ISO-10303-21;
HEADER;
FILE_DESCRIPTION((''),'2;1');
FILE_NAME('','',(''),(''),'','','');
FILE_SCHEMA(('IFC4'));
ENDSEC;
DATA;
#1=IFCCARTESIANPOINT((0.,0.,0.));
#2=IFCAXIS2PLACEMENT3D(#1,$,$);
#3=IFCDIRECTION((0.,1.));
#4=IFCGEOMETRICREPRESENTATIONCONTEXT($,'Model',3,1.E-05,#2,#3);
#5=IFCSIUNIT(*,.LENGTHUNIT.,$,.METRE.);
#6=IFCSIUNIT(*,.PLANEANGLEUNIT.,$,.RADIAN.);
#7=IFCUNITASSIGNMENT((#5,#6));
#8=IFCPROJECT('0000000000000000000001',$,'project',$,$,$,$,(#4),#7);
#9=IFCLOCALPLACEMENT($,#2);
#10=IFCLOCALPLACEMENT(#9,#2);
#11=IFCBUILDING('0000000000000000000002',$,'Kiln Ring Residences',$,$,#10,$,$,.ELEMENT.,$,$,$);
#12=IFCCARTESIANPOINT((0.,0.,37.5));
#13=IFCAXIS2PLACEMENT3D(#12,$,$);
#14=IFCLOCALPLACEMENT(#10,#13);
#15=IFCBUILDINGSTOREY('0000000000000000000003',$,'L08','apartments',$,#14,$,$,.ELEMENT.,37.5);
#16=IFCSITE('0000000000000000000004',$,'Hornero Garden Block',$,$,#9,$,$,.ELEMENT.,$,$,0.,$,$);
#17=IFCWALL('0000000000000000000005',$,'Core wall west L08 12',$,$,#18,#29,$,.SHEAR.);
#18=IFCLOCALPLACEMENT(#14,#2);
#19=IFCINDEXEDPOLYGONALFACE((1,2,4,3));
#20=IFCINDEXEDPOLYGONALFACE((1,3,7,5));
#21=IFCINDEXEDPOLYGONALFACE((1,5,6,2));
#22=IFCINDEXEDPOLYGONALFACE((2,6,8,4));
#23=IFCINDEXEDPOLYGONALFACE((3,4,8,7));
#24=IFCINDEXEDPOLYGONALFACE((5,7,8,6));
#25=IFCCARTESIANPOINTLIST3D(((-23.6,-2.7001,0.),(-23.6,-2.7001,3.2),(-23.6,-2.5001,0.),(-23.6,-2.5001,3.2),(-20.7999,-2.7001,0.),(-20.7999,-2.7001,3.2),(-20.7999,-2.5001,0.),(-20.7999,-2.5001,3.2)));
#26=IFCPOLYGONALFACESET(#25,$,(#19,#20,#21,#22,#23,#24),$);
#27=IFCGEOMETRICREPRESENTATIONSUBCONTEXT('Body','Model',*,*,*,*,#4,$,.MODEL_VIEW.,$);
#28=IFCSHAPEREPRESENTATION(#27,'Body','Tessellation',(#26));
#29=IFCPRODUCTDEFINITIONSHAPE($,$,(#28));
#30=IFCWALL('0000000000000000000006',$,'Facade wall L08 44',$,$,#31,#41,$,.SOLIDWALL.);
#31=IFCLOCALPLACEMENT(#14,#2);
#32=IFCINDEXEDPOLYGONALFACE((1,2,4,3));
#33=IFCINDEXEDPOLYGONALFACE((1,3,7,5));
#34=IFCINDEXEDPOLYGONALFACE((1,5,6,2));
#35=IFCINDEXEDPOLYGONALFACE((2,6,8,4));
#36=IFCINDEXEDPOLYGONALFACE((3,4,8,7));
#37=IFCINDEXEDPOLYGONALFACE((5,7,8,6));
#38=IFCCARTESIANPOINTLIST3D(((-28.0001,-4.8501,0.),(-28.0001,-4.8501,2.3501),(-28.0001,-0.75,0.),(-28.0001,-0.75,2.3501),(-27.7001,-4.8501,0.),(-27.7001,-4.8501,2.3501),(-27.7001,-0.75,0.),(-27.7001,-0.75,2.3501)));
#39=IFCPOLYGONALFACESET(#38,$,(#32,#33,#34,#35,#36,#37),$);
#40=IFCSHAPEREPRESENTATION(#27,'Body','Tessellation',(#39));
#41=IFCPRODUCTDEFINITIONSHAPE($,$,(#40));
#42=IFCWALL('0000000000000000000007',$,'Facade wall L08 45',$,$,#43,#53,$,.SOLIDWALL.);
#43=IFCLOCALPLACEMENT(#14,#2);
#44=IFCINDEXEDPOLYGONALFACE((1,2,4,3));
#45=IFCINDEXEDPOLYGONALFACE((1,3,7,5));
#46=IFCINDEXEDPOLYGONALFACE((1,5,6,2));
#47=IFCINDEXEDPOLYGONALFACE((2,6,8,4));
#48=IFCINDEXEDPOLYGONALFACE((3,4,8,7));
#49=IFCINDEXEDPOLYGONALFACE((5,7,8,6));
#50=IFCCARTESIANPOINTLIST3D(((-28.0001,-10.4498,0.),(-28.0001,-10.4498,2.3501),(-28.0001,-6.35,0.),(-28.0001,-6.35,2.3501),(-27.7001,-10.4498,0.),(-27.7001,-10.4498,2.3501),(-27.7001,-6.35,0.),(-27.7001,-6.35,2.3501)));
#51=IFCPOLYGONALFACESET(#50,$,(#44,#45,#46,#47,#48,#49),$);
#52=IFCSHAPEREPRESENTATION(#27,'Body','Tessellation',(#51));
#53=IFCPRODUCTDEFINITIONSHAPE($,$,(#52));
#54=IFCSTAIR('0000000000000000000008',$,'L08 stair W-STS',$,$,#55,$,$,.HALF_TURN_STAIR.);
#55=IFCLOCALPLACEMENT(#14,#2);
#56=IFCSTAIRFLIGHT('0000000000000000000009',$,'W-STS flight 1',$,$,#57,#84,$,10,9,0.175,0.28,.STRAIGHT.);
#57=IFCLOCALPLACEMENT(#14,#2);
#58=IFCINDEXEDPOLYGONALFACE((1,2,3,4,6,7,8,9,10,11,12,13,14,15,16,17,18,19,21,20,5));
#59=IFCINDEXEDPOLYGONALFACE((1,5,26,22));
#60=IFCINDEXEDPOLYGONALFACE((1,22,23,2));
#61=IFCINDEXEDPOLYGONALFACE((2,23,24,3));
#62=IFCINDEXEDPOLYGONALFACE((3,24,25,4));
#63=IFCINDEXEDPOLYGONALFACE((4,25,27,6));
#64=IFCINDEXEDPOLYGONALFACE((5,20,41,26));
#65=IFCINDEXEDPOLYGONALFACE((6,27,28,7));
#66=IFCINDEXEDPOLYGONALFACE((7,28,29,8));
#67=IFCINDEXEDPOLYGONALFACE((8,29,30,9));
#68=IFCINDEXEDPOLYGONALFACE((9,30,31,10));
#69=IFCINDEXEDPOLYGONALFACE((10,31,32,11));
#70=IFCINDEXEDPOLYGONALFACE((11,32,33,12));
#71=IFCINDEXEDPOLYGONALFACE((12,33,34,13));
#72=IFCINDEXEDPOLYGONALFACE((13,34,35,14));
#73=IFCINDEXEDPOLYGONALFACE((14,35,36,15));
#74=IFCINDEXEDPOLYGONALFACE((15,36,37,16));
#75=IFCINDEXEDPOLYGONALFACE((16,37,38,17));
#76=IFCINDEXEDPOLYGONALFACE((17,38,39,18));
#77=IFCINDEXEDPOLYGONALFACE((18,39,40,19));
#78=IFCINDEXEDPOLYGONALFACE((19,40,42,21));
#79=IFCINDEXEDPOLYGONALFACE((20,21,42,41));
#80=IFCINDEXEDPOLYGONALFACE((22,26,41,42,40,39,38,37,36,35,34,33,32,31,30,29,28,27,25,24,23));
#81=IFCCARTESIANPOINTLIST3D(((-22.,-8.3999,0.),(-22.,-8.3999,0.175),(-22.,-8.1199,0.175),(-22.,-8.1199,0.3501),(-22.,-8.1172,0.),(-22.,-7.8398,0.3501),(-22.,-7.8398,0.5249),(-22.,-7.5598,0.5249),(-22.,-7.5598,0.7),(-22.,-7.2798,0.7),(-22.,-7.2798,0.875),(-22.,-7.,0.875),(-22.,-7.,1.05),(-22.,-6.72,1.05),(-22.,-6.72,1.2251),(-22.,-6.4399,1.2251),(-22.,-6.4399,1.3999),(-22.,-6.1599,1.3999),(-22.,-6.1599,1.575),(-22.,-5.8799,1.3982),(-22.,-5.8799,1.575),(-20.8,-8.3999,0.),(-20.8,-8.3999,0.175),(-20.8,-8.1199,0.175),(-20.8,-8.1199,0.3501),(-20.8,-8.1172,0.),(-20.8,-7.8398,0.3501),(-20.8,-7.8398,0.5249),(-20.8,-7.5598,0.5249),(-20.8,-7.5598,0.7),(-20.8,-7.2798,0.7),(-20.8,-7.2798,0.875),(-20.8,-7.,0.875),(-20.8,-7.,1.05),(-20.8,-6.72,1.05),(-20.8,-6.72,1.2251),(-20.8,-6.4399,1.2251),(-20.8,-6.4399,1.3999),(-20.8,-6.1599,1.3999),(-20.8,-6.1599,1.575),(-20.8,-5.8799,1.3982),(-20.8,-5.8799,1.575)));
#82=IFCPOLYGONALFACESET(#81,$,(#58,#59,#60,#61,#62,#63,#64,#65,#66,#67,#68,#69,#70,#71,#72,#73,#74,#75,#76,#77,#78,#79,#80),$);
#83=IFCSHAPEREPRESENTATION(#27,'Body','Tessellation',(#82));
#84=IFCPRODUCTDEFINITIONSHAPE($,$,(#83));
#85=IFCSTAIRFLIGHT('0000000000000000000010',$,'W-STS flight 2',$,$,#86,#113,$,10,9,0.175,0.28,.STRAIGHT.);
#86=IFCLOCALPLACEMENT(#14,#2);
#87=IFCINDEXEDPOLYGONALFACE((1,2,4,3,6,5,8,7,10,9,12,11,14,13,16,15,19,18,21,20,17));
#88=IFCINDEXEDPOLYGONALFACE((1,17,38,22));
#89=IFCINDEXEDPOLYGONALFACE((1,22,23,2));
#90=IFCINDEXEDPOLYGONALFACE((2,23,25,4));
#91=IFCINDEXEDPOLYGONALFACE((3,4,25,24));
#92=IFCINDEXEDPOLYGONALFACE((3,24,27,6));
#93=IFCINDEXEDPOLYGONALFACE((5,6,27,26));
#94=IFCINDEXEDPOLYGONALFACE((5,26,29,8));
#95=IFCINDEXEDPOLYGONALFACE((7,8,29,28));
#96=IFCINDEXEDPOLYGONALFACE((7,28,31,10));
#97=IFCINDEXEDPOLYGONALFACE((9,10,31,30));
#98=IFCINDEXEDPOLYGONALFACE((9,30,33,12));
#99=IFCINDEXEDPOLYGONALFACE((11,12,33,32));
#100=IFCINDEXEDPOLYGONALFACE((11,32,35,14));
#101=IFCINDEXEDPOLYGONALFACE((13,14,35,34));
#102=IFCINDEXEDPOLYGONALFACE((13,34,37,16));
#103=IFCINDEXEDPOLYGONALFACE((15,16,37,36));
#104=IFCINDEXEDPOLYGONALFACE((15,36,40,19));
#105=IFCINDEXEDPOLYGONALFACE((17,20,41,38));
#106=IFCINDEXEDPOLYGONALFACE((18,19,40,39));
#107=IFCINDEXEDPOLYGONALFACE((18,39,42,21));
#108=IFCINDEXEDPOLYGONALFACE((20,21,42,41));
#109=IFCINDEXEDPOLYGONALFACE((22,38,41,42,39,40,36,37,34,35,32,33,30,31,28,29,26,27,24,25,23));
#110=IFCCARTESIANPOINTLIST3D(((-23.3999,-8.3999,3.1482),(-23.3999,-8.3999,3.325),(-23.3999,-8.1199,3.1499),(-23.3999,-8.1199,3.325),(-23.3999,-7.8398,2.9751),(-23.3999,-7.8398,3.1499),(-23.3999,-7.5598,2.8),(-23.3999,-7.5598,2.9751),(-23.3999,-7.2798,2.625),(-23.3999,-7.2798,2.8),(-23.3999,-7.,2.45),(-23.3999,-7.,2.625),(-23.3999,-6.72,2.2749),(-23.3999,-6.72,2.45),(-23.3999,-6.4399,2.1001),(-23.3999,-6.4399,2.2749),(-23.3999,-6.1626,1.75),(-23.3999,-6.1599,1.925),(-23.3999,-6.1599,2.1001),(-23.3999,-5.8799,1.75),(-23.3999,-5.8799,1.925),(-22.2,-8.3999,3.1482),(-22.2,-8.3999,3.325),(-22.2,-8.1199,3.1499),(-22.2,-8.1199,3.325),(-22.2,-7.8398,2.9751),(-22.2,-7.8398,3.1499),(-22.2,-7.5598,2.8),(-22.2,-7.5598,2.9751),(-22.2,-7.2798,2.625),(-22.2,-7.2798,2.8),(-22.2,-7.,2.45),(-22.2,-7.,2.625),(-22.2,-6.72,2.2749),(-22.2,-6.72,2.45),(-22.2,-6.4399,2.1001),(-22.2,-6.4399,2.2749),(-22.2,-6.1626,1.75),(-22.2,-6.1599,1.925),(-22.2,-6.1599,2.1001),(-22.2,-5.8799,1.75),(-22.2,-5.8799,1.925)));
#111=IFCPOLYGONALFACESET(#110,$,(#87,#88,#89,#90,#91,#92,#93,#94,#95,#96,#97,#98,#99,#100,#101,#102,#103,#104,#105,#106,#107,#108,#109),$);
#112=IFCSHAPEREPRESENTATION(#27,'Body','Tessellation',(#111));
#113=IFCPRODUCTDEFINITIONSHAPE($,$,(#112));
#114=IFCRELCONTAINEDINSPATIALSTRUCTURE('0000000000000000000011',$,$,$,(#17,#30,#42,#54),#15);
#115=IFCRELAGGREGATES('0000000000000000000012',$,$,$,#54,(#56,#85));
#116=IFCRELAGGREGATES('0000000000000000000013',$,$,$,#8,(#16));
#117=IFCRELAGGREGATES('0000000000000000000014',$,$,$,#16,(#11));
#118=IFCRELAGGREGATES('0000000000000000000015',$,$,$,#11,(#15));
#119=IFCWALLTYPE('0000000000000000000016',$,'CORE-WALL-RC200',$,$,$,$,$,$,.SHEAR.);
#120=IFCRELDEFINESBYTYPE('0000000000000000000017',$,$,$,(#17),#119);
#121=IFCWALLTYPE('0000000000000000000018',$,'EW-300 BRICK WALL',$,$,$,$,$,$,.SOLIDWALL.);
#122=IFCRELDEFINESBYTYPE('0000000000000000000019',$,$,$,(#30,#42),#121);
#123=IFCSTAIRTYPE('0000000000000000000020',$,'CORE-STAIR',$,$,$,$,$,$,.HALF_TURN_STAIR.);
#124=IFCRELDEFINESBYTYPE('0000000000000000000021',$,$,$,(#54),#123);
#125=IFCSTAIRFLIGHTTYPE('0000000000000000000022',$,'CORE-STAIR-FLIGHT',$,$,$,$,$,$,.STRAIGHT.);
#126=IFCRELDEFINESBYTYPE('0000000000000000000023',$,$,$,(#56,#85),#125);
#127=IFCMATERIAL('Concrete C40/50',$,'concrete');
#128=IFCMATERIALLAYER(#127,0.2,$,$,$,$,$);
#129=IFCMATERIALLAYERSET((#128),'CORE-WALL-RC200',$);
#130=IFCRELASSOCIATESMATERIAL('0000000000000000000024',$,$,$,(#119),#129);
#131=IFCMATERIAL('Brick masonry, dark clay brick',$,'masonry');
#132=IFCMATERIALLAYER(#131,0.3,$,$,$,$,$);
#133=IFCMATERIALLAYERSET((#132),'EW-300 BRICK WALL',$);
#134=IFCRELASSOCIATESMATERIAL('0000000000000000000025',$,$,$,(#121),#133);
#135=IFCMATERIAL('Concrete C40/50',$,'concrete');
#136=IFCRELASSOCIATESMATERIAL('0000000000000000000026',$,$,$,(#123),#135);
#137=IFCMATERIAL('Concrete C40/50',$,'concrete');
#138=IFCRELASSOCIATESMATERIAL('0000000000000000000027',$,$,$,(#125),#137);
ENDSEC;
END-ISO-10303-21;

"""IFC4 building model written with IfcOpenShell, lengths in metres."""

from ifc_helpers import new_model, si_unit, direction, frame, frame_2d, origin, place, context, subcontext, project, spatial, polyline, rectangle, outline, extrude, material, layer, layer_set, type_object, element, aggregate, save


model = new_model("IFC4")

# Units and contexts
model_context = context("Model", 3, precision=1e-05, world=origin(), true_north=direction((0.0, 1.0)))
body_context = subcontext(model_context, "Body", "Model", "MODEL_VIEW")
ifc_project = project(units=[si_unit("LENGTHUNIT", "METRE"), si_unit("PLANEANGLEUNIT", "RADIAN")], contexts=[model_context])

# Site, building, storey
site_placement = place(None, origin())
site = spatial("IfcSite", under=ifc_project, at=site_placement, Name="Hornero Garden Block", CompositionType="ELEMENT", RefElevation=0.0)
building_placement = place(site_placement, origin())
building = spatial("IfcBuilding", under=site, at=building_placement, Name="Kiln Ring Residences", CompositionType="ELEMENT")
storey_placement = place(building_placement, frame((0.0, 0.0, 37.5)))
storey = spatial("IfcBuildingStorey", under=building, at=storey_placement, Name="L08", Description="apartments", CompositionType="ELEMENT", Elevation=37.5)

# Shared definitions
ifc_material_1 = material(Name="Concrete C40/50", Category="concrete")
ifc_layer_1 = layer(ifc_material_1, 0.2)
ifc_layer_set_1 = layer_set([ifc_layer_1], Name="CORE-WALL-RC200")
wall_type_1 = type_object("IfcWallType", Name="CORE-WALL-RC200", PredefinedType="SHEAR", material=ifc_layer_set_1)

# Walls
wall_1_placement = place(storey_placement, frame((-20.8, -2.6001, 0.0), z_axis=(0.0, 0.0, 1.0), x_axis=(-1.0, 0.0, 0.0)))
element("IfcWall", 1, at=wall_1_placement, inside=storey, type_object=wall_type_1, Name="Core wall west L08 12", PredefinedType="SHEAR", context=body_context, shape_type="SweptSolid", body=[
    extrude(rectangle(XDim=2.8, YDim=0.2, at=frame_2d((1.3999, 0.0))), origin(), (0.0, 0.0, 1.0), 3.2),
])
ifc_material_2 = material(Name="Brick masonry, dark clay brick", Category="masonry")
ifc_layer_2 = layer(ifc_material_2, 0.3)
ifc_layer_set_2 = layer_set([ifc_layer_2], Name="EW-300 BRICK WALL")
wall_type_2 = type_object("IfcWallType", Name="EW-300 BRICK WALL", PredefinedType="SOLIDWALL", material=ifc_layer_set_2)
wall_2_placement = place(storey_placement, frame((-27.8501, -0.75, 0.0), z_axis=(0.0, 0.0, 1.0), x_axis=(0.0, -1.0, 0.0)))
element("IfcWall", 2, at=wall_2_placement, inside=storey, type_object=wall_type_2, Name="Facade wall L08 44", PredefinedType="SOLIDWALL", context=body_context, shape_type="SweptSolid", body=[
    extrude(rectangle(XDim=4.1001, YDim=0.3, at=frame_2d((2.05, 0.0))), origin(), (0.0, 0.0, 1.0), 2.3501),
])
wall_3_placement = place(storey_placement, frame((-27.8501, -6.3501, 0.0), z_axis=(0.0, 0.0, 1.0), x_axis=(0.0, -1.0, 0.0)))
element("IfcWall", 3, at=wall_3_placement, inside=storey, type_object=wall_type_2, Name="Facade wall L08 45", PredefinedType="SOLIDWALL", context=body_context, shape_type="SweptSolid", body=[
    extrude(rectangle(XDim=4.0999, YDim=0.3, at=frame_2d((2.0498, 0.0))), origin(), (0.0, 0.0, 1.0), 2.3501),
])

# Stair, stair flights
ifc_material_3 = material(Name="Concrete C40/50", Category="concrete")
stair_type = type_object("IfcStairType", Name="CORE-STAIR", PredefinedType="HALF_TURN_STAIR", material=ifc_material_3)
stair_placement = place(storey_placement, origin())
stair = element("IfcStair", 4, at=stair_placement, inside=storey, type_object=stair_type, Name="L08 stair W-STS", PredefinedType="HALF_TURN_STAIR")
ifc_material_4 = material(Name="Concrete C40/50", Category="concrete")
stair_flight_type = type_object("IfcStairFlightType", Name="CORE-STAIR-FLIGHT", PredefinedType="STRAIGHT", material=ifc_material_4)
stair_flight_1_placement = place(storey_placement, frame((-21.3999, -8.3999, 0.0), z_axis=(0.0, 0.0, 1.0), x_axis=(0.0, 1.0, 0.0)))
stair_flight_1 = element("IfcStairFlight", 5, at=stair_flight_1_placement, type_object=stair_flight_type, Name="W-STS flight 1", NumberOfRisers=10, NumberOfTreads=9, PredefinedType="STRAIGHT", RiserHeight=0.175, TreadLength=0.28, context=body_context, shape_type="SweptSolid", body=[
    extrude(outline(polyline([(0.0, 0.0), (0.0, 0.175), (0.28, 0.175), (0.28, 0.3501), (0.5601, 0.3501), (0.5601, 0.5249), (0.8401, 0.5249), (0.8401, 0.7), (1.1201, 0.7), (1.1201, 0.875), (1.3999, 0.875), (1.3999, 1.05), (1.6799, 1.05), (1.6799, 1.2251), (1.96, 1.2251), (1.96, 1.3999), (2.24, 1.3999), (2.24, 1.575), (2.52, 1.575), (2.52, 1.75), (2.52, 1.3982), (0.2827, 0.0), (0.0, 0.0)])), frame((0.0, 0.6001, 0.0), z_axis=(0.0, -1.0, 0.0), x_axis=(1.0, 0.0, 0.0)), (0.0, 0.0, 1.0), 1.2),
])
stair_flight_2_placement = place(storey_placement, frame((-22.8, -5.8799, 1.75), z_axis=(0.0, 0.0, 1.0), x_axis=(0.0, -1.0, 0.0)))
stair_flight_2 = element("IfcStairFlight", 6, at=stair_flight_2_placement, type_object=stair_flight_type, Name="W-STS flight 2", NumberOfRisers=10, NumberOfTreads=9, PredefinedType="STRAIGHT", RiserHeight=0.175, TreadLength=0.28, context=body_context, shape_type="SweptSolid", body=[
    extrude(outline(polyline([(0.0, 0.0), (0.0, 0.175), (0.28, 0.175), (0.28, 0.3501), (0.5601, 0.3501), (0.5601, 0.5249), (0.8401, 0.5249), (0.8401, 0.7), (1.1201, 0.7), (1.1201, 0.875), (1.3999, 0.875), (1.3999, 1.05), (1.6799, 1.05), (1.6799, 1.2251), (1.96, 1.2251), (1.96, 1.3999), (2.24, 1.3999), (2.24, 1.575), (2.52, 1.575), (2.52, 1.75), (2.52, 1.3982), (0.2827, 0.0), (0.0, 0.0)])), frame((0.0, 0.6001, 0.0), z_axis=(0.0, -1.0, 0.0), x_axis=(1.0, 0.0, 0.0)), (0.0, 0.0, 1.0), 1.2),
])
aggregate(stair, [stair_flight_1, stair_flight_2])

save(model, "model.ifc")
